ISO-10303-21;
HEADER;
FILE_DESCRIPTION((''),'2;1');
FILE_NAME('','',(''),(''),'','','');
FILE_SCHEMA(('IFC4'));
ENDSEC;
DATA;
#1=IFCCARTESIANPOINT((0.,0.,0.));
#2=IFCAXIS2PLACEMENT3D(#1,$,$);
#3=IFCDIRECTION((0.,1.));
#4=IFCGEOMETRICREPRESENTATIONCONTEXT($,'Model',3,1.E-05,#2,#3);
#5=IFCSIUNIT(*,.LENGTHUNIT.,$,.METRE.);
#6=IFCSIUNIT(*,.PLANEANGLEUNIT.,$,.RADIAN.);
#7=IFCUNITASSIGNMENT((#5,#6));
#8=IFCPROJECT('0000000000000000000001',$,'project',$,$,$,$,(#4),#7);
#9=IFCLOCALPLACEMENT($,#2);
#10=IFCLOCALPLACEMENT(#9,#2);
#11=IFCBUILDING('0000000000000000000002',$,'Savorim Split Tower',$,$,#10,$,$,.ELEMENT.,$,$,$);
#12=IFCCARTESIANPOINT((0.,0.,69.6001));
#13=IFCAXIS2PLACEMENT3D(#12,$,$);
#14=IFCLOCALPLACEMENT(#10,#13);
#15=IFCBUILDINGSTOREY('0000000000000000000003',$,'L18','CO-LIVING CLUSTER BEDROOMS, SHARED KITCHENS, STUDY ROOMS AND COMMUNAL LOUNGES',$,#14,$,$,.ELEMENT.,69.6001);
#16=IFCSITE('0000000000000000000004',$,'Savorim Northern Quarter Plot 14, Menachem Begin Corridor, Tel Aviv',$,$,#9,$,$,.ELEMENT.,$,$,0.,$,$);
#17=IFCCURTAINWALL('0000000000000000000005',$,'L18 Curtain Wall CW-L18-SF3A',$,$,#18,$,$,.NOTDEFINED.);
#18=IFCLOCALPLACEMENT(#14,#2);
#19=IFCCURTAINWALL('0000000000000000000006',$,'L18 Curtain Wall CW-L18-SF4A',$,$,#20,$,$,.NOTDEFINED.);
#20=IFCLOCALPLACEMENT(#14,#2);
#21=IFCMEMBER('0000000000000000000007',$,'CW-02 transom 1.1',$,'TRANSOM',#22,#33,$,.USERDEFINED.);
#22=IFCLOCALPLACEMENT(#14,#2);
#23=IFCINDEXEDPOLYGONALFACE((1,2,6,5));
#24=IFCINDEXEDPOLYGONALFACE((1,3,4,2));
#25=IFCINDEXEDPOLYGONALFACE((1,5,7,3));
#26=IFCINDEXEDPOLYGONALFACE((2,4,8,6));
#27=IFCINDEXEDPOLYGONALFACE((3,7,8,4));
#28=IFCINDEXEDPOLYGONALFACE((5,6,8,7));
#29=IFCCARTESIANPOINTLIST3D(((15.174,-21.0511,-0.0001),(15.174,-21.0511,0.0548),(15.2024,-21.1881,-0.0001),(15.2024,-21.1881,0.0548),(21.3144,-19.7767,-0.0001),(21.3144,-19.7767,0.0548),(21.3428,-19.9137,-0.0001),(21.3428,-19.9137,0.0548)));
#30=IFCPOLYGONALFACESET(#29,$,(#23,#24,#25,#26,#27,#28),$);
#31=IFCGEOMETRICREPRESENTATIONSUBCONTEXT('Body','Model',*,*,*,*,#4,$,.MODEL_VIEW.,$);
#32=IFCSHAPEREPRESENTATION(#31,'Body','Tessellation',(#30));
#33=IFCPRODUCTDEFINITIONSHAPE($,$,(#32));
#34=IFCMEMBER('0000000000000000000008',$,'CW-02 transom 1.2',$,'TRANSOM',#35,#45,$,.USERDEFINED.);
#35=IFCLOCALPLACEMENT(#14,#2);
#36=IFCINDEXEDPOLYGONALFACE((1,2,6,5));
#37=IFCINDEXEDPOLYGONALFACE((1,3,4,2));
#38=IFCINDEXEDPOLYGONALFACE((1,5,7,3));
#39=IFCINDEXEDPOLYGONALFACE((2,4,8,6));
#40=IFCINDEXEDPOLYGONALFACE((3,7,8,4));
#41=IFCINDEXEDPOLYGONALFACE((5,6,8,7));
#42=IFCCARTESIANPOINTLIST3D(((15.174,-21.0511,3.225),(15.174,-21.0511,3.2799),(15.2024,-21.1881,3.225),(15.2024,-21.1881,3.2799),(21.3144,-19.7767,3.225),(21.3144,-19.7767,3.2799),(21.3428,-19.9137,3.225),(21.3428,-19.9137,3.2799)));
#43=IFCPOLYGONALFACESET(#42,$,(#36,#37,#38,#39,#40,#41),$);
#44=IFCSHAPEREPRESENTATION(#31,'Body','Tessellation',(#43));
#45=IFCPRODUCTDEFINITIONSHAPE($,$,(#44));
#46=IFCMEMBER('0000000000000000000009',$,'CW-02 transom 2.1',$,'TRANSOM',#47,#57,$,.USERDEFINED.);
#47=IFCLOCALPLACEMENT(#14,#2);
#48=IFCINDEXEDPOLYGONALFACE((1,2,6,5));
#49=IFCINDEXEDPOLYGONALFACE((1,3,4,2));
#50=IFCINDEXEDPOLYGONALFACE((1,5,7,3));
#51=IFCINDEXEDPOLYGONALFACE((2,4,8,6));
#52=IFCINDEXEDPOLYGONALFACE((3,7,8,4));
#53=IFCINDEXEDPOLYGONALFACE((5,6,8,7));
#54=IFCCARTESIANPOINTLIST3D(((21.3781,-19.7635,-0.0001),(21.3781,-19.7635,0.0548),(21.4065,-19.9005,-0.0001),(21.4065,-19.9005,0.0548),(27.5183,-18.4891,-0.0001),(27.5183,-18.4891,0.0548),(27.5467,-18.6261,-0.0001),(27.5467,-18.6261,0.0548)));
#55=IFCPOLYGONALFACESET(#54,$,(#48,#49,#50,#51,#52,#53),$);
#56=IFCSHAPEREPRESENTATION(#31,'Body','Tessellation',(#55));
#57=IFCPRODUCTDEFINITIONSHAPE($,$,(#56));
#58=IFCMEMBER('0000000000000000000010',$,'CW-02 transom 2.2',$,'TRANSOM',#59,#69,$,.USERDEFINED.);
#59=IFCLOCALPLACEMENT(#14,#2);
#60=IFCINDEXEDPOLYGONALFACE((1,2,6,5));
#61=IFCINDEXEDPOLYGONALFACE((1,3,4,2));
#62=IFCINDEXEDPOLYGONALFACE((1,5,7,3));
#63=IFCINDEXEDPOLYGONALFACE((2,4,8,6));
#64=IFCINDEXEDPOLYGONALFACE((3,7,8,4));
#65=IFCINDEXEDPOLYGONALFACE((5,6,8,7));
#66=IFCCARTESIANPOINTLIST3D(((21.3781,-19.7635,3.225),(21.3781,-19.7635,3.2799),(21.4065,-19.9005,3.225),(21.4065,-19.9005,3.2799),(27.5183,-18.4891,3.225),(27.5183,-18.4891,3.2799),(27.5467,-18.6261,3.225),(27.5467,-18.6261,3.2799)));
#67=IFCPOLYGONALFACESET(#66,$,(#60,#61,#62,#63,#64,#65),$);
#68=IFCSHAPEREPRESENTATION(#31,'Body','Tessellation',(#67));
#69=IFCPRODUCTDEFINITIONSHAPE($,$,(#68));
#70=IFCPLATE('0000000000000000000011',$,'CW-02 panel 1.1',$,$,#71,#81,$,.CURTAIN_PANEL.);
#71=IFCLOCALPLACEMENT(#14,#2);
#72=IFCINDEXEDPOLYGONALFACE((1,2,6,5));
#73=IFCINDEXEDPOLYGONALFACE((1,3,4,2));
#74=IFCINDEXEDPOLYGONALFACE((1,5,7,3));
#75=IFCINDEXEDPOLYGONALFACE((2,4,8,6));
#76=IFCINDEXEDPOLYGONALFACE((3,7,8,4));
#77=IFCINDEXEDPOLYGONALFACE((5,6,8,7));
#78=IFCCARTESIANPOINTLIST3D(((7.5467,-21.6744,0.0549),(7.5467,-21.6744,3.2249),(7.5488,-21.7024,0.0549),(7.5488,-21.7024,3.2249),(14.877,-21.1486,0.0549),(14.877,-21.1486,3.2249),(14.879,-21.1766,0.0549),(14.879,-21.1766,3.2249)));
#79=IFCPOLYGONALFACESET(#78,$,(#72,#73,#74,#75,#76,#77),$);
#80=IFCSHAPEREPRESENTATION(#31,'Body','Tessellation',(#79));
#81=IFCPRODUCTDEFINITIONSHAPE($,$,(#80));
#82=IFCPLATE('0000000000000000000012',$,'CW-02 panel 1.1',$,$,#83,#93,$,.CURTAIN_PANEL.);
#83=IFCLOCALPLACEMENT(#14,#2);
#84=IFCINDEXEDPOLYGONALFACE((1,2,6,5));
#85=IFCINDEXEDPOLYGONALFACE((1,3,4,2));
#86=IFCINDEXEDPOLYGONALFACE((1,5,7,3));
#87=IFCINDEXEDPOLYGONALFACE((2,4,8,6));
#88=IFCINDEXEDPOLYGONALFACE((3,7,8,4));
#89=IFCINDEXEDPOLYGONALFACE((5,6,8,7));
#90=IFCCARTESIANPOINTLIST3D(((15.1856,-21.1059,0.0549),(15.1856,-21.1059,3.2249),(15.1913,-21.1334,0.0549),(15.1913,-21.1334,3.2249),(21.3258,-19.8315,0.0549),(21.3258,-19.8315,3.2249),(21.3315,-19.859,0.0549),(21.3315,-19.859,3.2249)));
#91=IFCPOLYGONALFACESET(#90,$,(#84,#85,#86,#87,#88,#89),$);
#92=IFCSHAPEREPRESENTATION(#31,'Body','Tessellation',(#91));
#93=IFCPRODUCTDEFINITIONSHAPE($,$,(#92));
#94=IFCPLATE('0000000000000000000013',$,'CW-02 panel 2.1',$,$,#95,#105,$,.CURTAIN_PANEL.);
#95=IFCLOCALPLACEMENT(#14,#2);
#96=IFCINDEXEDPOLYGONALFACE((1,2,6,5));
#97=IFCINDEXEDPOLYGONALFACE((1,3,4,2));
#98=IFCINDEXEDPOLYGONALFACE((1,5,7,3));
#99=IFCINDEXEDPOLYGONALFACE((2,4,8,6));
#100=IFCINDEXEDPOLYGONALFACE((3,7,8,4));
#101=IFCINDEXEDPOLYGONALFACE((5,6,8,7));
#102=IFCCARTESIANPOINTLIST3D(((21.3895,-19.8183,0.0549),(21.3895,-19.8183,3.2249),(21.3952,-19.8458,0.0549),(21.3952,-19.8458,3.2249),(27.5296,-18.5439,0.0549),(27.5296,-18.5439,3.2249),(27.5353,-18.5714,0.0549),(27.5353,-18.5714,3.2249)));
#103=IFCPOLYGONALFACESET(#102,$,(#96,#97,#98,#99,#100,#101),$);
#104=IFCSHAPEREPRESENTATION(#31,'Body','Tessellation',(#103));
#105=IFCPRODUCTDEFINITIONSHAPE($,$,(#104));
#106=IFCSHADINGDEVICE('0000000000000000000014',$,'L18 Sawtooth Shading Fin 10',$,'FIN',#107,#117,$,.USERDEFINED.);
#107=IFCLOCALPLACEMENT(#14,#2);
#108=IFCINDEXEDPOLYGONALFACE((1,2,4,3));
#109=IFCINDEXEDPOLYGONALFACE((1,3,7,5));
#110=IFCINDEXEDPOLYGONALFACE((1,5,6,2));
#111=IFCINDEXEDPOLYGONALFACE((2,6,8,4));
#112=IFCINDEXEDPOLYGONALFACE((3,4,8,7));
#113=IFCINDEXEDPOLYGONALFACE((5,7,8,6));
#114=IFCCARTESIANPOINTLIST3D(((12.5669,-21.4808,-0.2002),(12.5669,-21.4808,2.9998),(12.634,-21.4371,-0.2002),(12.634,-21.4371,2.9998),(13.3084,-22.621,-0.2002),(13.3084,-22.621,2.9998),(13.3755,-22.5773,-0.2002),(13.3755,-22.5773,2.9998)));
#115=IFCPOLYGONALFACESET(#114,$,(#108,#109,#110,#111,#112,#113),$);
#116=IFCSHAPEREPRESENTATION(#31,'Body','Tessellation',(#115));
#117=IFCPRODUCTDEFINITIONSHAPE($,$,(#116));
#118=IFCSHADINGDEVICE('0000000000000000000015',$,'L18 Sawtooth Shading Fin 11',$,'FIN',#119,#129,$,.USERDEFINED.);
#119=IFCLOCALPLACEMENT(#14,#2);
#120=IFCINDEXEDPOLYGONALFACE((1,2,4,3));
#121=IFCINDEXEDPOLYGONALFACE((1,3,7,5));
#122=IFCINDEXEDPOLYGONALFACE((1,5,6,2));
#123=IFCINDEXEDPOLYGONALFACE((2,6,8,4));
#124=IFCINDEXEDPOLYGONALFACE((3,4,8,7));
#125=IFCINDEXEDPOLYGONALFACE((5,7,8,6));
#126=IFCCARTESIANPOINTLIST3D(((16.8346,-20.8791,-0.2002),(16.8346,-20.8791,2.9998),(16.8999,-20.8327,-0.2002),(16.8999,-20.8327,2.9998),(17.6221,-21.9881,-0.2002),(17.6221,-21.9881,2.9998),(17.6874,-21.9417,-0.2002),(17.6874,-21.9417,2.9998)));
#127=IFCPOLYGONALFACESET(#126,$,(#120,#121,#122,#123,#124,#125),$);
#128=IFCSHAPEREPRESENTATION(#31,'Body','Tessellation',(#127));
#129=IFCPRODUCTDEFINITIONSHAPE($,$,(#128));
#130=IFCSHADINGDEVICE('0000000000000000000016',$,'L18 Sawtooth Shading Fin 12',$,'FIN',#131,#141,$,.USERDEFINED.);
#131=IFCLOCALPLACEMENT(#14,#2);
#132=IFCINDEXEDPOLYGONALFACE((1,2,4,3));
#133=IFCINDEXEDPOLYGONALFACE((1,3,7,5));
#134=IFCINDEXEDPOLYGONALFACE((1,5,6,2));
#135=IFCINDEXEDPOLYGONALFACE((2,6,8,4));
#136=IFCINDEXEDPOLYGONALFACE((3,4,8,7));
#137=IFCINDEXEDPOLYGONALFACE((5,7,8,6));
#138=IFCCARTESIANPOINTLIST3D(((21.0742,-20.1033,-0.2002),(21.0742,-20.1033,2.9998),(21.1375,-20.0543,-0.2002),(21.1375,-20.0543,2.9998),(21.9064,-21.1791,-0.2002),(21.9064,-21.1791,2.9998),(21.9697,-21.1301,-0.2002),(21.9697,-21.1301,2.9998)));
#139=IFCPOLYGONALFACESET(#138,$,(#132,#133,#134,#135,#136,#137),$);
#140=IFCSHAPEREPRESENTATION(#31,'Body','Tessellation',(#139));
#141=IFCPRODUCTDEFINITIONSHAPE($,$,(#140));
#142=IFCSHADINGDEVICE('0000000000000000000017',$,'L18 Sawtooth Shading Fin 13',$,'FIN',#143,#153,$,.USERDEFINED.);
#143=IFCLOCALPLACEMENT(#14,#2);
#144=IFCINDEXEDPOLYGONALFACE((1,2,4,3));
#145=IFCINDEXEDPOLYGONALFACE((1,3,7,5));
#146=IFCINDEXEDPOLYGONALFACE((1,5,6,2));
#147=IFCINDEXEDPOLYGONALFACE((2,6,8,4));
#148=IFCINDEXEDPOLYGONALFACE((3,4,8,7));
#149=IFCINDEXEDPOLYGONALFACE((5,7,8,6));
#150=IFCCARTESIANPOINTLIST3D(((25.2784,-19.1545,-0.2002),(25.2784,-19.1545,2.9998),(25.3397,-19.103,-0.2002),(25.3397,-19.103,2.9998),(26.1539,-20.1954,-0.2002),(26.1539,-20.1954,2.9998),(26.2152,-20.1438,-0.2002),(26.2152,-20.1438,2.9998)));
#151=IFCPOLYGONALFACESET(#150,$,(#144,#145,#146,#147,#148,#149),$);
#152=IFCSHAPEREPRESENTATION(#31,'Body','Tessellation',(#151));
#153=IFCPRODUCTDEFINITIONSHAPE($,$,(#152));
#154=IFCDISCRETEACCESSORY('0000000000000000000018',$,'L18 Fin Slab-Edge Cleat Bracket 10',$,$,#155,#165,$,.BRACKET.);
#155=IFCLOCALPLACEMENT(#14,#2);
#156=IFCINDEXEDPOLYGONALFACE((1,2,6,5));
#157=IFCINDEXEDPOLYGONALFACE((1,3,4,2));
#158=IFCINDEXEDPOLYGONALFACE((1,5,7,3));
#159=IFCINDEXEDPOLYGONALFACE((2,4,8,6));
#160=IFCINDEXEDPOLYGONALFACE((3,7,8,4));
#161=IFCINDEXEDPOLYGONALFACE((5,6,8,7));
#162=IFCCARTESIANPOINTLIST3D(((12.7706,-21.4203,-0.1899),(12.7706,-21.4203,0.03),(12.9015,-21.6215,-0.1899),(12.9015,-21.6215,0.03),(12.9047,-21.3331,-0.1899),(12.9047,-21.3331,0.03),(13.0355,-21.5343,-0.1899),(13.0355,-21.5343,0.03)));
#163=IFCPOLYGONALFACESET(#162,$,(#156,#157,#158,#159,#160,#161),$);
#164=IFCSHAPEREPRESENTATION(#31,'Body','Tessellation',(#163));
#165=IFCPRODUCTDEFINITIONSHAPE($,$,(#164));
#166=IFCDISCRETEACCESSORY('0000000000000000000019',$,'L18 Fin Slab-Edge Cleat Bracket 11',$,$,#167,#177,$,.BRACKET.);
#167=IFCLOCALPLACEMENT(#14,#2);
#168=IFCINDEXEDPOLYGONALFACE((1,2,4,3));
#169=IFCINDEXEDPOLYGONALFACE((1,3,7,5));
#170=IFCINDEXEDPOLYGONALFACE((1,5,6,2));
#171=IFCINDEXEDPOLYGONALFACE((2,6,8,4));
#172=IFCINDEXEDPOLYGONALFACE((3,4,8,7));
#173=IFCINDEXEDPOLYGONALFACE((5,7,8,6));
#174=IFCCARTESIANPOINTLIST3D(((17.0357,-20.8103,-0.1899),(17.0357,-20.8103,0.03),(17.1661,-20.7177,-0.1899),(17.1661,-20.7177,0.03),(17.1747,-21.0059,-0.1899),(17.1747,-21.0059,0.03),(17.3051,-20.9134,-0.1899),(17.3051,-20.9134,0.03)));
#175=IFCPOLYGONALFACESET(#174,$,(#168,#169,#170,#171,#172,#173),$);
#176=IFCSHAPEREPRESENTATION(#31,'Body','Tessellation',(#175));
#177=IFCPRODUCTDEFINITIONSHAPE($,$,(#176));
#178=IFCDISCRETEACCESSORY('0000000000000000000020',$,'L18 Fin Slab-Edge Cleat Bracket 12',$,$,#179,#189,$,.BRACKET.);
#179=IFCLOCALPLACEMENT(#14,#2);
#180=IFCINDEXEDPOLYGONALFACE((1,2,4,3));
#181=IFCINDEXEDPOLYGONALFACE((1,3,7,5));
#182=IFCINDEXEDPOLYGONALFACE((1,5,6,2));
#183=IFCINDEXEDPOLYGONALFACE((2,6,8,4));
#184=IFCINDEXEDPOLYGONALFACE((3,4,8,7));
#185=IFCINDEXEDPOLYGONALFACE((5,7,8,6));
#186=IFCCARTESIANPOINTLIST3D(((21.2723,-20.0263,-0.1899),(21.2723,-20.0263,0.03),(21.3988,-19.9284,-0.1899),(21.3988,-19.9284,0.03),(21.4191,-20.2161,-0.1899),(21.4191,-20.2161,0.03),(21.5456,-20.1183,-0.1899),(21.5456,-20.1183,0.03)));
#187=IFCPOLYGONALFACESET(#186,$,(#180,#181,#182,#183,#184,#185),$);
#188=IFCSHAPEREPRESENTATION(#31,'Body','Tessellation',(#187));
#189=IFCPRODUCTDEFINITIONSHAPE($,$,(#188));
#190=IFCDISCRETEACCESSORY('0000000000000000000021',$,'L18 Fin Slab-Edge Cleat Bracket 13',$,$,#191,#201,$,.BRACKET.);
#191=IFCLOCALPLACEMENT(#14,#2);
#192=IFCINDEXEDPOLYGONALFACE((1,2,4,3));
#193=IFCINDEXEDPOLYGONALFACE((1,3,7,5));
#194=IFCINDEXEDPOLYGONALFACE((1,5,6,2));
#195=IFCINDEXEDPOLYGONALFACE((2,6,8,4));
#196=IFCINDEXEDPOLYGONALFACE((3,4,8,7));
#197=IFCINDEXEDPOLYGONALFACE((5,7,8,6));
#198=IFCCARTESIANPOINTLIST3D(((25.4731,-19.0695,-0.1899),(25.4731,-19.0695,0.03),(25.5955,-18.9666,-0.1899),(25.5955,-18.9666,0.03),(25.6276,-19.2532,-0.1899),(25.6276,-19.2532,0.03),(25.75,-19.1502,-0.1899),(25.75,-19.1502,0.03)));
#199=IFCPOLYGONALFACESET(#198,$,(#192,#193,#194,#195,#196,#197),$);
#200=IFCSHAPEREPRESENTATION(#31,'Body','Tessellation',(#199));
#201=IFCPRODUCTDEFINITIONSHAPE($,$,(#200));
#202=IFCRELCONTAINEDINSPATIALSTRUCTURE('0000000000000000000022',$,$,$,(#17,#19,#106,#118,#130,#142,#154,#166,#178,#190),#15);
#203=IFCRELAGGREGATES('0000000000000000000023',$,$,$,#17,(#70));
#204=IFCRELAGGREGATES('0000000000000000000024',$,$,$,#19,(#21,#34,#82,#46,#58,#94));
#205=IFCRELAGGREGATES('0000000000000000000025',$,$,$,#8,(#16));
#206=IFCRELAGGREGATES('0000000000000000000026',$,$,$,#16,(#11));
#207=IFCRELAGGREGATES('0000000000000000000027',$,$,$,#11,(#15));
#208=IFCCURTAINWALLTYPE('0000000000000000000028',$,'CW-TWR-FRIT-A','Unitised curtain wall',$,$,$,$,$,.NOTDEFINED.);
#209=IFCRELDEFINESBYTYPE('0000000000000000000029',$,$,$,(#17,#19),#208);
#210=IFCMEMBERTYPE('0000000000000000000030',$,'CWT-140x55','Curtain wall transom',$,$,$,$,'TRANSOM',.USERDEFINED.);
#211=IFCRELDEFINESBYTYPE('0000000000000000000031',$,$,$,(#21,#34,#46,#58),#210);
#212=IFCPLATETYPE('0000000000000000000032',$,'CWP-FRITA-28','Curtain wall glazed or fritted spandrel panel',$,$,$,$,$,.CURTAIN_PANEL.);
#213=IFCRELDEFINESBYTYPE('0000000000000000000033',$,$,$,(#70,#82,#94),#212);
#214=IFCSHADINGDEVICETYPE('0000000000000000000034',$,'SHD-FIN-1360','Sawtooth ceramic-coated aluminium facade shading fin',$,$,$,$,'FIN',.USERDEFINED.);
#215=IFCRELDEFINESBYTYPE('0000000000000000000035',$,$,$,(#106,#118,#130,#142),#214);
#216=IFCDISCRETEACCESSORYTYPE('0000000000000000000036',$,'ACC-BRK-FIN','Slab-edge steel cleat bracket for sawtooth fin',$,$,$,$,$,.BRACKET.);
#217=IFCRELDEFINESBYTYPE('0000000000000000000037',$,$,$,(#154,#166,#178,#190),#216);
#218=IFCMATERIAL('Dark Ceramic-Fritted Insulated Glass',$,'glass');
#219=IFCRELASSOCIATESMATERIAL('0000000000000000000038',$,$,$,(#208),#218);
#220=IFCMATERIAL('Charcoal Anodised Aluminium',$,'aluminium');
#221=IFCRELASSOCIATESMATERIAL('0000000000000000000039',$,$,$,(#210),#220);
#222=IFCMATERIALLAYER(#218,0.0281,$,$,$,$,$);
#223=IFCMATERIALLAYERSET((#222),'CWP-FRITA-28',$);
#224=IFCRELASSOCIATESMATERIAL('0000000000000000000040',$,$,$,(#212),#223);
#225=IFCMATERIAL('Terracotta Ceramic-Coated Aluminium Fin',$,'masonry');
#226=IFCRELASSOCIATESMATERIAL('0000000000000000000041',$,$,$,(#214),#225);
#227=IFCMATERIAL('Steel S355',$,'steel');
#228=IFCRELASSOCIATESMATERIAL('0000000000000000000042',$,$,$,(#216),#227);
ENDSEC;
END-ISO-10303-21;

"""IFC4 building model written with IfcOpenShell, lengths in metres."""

from ifc_helpers import new_model, si_unit, direction, frame, origin, origin_2d, place, context, subcontext, project, spatial, rectangle, extrude, material, layer, layer_set, material_profile, profile_set, type_object, element, aggregate, save


model = new_model("IFC4")

# Units and contexts
model_context = context("Model", 3, precision=1e-05, world=origin(), true_north=direction((0.0, 1.0)))
body_context = subcontext(model_context, "Body", "Model", "MODEL_VIEW")
ifc_project = project(units=[si_unit("LENGTHUNIT", "METRE"), si_unit("PLANEANGLEUNIT", "RADIAN")], contexts=[model_context])

# Site, building, storey
site_placement = place(None, origin())
site = spatial("IfcSite", under=ifc_project, at=site_placement, Name="Savorim Northern Quarter Plot 14, Menachem Begin Corridor, Tel Aviv", CompositionType="ELEMENT", RefElevation=0.0)
building_placement = place(site_placement, origin())
building = spatial("IfcBuilding", under=site, at=building_placement, Name="Savorim Split Tower", CompositionType="ELEMENT")
storey_placement = place(building_placement, frame((0.0, 0.0, 69.6001)))
storey = spatial("IfcBuildingStorey", under=building, at=storey_placement, Name="L18", Description="CO-LIVING CLUSTER BEDROOMS, SHARED KITCHENS, STUDY ROOMS AND COMMUNAL LOUNGES", CompositionType="ELEMENT", Elevation=69.6001)

# Shared definitions
ifc_material_1 = material(Name="Steel S355", Category="steel")

# Curtain wall
ifc_material_2 = material(Name="Dark Ceramic-Fritted Insulated Glass", Category="glass")
curtain_wall_type = type_object("IfcCurtainWallType", Name="CW-TWR-FRIT-A", Description="Unitised curtain wall", PredefinedType="NOTDEFINED", material=ifc_material_2)
curtain_wall_1_placement = place(storey_placement, origin())
curtain_wall_1 = element("IfcCurtainWall", 1, at=curtain_wall_1_placement, inside=storey, type_object=curtain_wall_type, Name="L18 Curtain Wall CW-L18-SF3A", PredefinedType="NOTDEFINED")
ifc_material_3 = material(Name="Charcoal Anodised Aluminium", Category="aluminium")

# Curtain wall, members
curtain_wall_2_placement = place(storey_placement, origin())
curtain_wall_2 = element("IfcCurtainWall", 2, at=curtain_wall_2_placement, inside=storey, type_object=curtain_wall_type, Name="L18 Curtain Wall CW-L18-SF4A", PredefinedType="NOTDEFINED")
ifc_material_profile_1 = material_profile(ifc_material_3, rectangle(XDim=0.1399, YDim=0.0549, at=origin_2d()), Name="ALU-T 140x55")
ifc_profile_set_1 = profile_set([ifc_material_profile_1], Name="Charcoal Anodised Aluminium")
member_type_1 = type_object("IfcMemberType", Name="CWT-140x55", Description="Curtain wall transom", ElementType="TRANSOM", PredefinedType="USERDEFINED", material=ifc_profile_set_1)
member_1_placement = place(storey_placement, frame((15.1882, -21.1196, 0.0273), z_axis=(0.979134, 0.203216, 0.0), x_axis=(-0.203216, 0.979134, 0.0)))
member_1 = element("IfcMember", 3, at=member_1_placement, type_object=member_type_1, Name="CW-02 transom 1.1", ObjectType="TRANSOM", PredefinedType="USERDEFINED", context=body_context, shape_type="SweptSolid", body=[
    extrude(rectangle(XDim=0.1399, YDim=0.0549, at=origin_2d()), origin(), (0.0, 0.0, 1.0), 6.2712),
])
member_2_placement = place(storey_placement, frame((15.1882, -21.1196, 3.2524), z_axis=(0.979134, 0.203216, 0.0), x_axis=(-0.203216, 0.979134, 0.0)))
member_2 = element("IfcMember", 4, at=member_2_placement, type_object=member_type_1, Name="CW-02 transom 1.2", ObjectType="TRANSOM", PredefinedType="USERDEFINED", context=body_context, shape_type="SweptSolid", body=[
    extrude(rectangle(XDim=0.1399, YDim=0.0549, at=origin_2d()), origin(), (0.0, 0.0, 1.0), 6.2712),
])
member_3_placement = place(storey_placement, frame((21.3923, -19.832, 0.0273), z_axis=(0.979132, 0.203223, 0.0), x_axis=(-0.203223, 0.979132, 0.0)))
member_3 = element("IfcMember", 5, at=member_3_placement, type_object=member_type_1, Name="CW-02 transom 2.1", ObjectType="TRANSOM", PredefinedType="USERDEFINED", context=body_context, shape_type="SweptSolid", body=[
    extrude(rectangle(XDim=0.1399, YDim=0.0549, at=origin_2d()), origin(), (0.0, 0.0, 1.0), 6.271),
])
member_4_placement = place(storey_placement, frame((21.3923, -19.832, 3.2524), z_axis=(0.979132, 0.203223, 0.0), x_axis=(-0.203223, 0.979132, 0.0)))
member_4 = element("IfcMember", 6, at=member_4_placement, type_object=member_type_1, Name="CW-02 transom 2.2", ObjectType="TRANSOM", PredefinedType="USERDEFINED", context=body_context, shape_type="SweptSolid", body=[
    extrude(rectangle(XDim=0.1399, YDim=0.0549, at=origin_2d()), origin(), (0.0, 0.0, 1.0), 6.271),
])

# Plates
ifc_layer = layer(ifc_material_2, 0.0281)
ifc_layer_set = layer_set([ifc_layer], Name="CWP-FRITA-28")
plate_type = type_object("IfcPlateType", Name="CWP-FRITA-28", Description="Curtain wall glazed or fritted spandrel panel", PredefinedType="CURTAIN_PANEL", material=ifc_layer_set)
plate_1_placement = place(storey_placement, frame((11.2129, -21.4255, 0.0549), z_axis=(0.0, 0.0, 1.0), x_axis=(0.997437, 0.071546, 0.0)))
plate_1 = element("IfcPlate", 7, at=plate_1_placement, type_object=plate_type, Name="CW-02 panel 1.1", PredefinedType="CURTAIN_PANEL", context=body_context, shape_type="SweptSolid", body=[
    extrude(rectangle(XDim=7.3491, YDim=0.0281, at=origin_2d()), origin(), (0.0, 0.0, 1.0), 3.1699),
])
aggregate(curtain_wall_1, [plate_1])
plate_2_placement = place(storey_placement, frame((18.2585, -20.4824, 0.0549), z_axis=(0.0, 0.0, 1.0), x_axis=(0.979134, 0.203216, 0.0)))
plate_2 = element("IfcPlate", 8, at=plate_2_placement, type_object=plate_type, Name="CW-02 panel 1.1", PredefinedType="CURTAIN_PANEL", context=body_context, shape_type="SweptSolid", body=[
    extrude(rectangle(XDim=6.271, YDim=0.0281, at=origin_2d()), origin(), (0.0, 0.0, 1.0), 3.1699),
])
plate_3_placement = place(storey_placement, frame((24.4624, -19.1948, 0.0549), z_axis=(0.0, 0.0, 1.0), x_axis=(0.979134, 0.203216, 0.0)))
plate_3 = element("IfcPlate", 9, at=plate_3_placement, type_object=plate_type, Name="CW-02 panel 2.1", PredefinedType="CURTAIN_PANEL", context=body_context, shape_type="SweptSolid", body=[
    extrude(rectangle(XDim=6.271, YDim=0.0281, at=origin_2d()), origin(), (0.0, 0.0, 1.0), 3.1699),
])
aggregate(curtain_wall_2, [member_1, member_2, plate_2, member_3, member_4, plate_3])

# Shading devices
ifc_material_4 = material(Name="Terracotta Ceramic-Coated Aluminium Fin", Category="masonry")
shading_device_type = type_object("IfcShadingDeviceType", Name="SHD-FIN-1360", Description="Sawtooth ceramic-coated aluminium facade shading fin", ElementType="FIN", PredefinedType="USERDEFINED", material=ifc_material_4)
for number, where, z_axis, x_axis, name in (
    (10, (12.9712, -22.0291, -0.2002), (0.0, 0.0, 1.0), (0.545148, -0.83834, 0.0), "L18 Sawtooth Shading Fin 10"),
    (11, (17.261, -21.4104, -0.2002), (0.0, 0.0, 1.0), (0.578994, -0.815332, 0.0), "L18 Sawtooth Shading Fin 11"),
    (12, (21.522, -20.6167, -0.2002), (0.0, 0.0, 1.0), (0.611868, -0.79096, 0.0), "L18 Sawtooth Shading Fin 12"),
    (13, (25.7468, -19.6492, -0.2002), (0.0, 0.0, 1.0), (0.643719, -0.765262, 0.0), "L18 Sawtooth Shading Fin 13"),
):
    element("IfcShadingDevice", number, at=place(storey_placement, frame(where, z_axis=z_axis, x_axis=x_axis)), inside=storey, type_object=shading_device_type, Name=name, ObjectType="FIN", PredefinedType="USERDEFINED", context=body_context, shape_type="SweptSolid", body=[
        extrude(rectangle(XDim=1.3601, YDim=0.0801, at=origin_2d()), origin(), (0.0, 0.0, 1.0), 3.2),
    ])

# Discrete accessories
discrete_accessory_type = type_object("IfcDiscreteAccessoryType", Name="ACC-BRK-FIN", Description="Slab-edge steel cleat bracket for sawtooth fin", PredefinedType="BRACKET", material=ifc_material_1)
for number, where, z_axis, x_axis, name in (
    (14, (12.9031, -21.4773, -0.1899), (0.0, 0.0, 1.0), (0.545148, -0.83834, 0.0), "L18 Fin Slab-Edge Cleat Bracket 10"),
    (15, (17.1704, -20.8618, -0.1899), (0.0, 0.0, 1.0), (0.578994, -0.815332, 0.0), "L18 Fin Slab-Edge Cleat Bracket 11"),
    (16, (21.4089, -20.0723, -0.1899), (0.0, 0.0, 1.0), (0.611868, -0.79096, 0.0), "L18 Fin Slab-Edge Cleat Bracket 12"),
    (17, (25.6116, -19.1099, -0.1899), (0.0, 0.0, 1.0), (0.643719, -0.765262, 0.0), "L18 Fin Slab-Edge Cleat Bracket 13"),
):
    element("IfcDiscreteAccessory", number, at=place(storey_placement, frame(where, z_axis=z_axis, x_axis=x_axis)), inside=storey, type_object=discrete_accessory_type, Name=name, PredefinedType="BRACKET", context=body_context, shape_type="SweptSolid", body=[
        extrude(rectangle(XDim=0.24, YDim=0.1599, at=origin_2d()), origin(), (0.0, 0.0, 1.0), 0.22),
    ])

save(model, "model.ifc")
